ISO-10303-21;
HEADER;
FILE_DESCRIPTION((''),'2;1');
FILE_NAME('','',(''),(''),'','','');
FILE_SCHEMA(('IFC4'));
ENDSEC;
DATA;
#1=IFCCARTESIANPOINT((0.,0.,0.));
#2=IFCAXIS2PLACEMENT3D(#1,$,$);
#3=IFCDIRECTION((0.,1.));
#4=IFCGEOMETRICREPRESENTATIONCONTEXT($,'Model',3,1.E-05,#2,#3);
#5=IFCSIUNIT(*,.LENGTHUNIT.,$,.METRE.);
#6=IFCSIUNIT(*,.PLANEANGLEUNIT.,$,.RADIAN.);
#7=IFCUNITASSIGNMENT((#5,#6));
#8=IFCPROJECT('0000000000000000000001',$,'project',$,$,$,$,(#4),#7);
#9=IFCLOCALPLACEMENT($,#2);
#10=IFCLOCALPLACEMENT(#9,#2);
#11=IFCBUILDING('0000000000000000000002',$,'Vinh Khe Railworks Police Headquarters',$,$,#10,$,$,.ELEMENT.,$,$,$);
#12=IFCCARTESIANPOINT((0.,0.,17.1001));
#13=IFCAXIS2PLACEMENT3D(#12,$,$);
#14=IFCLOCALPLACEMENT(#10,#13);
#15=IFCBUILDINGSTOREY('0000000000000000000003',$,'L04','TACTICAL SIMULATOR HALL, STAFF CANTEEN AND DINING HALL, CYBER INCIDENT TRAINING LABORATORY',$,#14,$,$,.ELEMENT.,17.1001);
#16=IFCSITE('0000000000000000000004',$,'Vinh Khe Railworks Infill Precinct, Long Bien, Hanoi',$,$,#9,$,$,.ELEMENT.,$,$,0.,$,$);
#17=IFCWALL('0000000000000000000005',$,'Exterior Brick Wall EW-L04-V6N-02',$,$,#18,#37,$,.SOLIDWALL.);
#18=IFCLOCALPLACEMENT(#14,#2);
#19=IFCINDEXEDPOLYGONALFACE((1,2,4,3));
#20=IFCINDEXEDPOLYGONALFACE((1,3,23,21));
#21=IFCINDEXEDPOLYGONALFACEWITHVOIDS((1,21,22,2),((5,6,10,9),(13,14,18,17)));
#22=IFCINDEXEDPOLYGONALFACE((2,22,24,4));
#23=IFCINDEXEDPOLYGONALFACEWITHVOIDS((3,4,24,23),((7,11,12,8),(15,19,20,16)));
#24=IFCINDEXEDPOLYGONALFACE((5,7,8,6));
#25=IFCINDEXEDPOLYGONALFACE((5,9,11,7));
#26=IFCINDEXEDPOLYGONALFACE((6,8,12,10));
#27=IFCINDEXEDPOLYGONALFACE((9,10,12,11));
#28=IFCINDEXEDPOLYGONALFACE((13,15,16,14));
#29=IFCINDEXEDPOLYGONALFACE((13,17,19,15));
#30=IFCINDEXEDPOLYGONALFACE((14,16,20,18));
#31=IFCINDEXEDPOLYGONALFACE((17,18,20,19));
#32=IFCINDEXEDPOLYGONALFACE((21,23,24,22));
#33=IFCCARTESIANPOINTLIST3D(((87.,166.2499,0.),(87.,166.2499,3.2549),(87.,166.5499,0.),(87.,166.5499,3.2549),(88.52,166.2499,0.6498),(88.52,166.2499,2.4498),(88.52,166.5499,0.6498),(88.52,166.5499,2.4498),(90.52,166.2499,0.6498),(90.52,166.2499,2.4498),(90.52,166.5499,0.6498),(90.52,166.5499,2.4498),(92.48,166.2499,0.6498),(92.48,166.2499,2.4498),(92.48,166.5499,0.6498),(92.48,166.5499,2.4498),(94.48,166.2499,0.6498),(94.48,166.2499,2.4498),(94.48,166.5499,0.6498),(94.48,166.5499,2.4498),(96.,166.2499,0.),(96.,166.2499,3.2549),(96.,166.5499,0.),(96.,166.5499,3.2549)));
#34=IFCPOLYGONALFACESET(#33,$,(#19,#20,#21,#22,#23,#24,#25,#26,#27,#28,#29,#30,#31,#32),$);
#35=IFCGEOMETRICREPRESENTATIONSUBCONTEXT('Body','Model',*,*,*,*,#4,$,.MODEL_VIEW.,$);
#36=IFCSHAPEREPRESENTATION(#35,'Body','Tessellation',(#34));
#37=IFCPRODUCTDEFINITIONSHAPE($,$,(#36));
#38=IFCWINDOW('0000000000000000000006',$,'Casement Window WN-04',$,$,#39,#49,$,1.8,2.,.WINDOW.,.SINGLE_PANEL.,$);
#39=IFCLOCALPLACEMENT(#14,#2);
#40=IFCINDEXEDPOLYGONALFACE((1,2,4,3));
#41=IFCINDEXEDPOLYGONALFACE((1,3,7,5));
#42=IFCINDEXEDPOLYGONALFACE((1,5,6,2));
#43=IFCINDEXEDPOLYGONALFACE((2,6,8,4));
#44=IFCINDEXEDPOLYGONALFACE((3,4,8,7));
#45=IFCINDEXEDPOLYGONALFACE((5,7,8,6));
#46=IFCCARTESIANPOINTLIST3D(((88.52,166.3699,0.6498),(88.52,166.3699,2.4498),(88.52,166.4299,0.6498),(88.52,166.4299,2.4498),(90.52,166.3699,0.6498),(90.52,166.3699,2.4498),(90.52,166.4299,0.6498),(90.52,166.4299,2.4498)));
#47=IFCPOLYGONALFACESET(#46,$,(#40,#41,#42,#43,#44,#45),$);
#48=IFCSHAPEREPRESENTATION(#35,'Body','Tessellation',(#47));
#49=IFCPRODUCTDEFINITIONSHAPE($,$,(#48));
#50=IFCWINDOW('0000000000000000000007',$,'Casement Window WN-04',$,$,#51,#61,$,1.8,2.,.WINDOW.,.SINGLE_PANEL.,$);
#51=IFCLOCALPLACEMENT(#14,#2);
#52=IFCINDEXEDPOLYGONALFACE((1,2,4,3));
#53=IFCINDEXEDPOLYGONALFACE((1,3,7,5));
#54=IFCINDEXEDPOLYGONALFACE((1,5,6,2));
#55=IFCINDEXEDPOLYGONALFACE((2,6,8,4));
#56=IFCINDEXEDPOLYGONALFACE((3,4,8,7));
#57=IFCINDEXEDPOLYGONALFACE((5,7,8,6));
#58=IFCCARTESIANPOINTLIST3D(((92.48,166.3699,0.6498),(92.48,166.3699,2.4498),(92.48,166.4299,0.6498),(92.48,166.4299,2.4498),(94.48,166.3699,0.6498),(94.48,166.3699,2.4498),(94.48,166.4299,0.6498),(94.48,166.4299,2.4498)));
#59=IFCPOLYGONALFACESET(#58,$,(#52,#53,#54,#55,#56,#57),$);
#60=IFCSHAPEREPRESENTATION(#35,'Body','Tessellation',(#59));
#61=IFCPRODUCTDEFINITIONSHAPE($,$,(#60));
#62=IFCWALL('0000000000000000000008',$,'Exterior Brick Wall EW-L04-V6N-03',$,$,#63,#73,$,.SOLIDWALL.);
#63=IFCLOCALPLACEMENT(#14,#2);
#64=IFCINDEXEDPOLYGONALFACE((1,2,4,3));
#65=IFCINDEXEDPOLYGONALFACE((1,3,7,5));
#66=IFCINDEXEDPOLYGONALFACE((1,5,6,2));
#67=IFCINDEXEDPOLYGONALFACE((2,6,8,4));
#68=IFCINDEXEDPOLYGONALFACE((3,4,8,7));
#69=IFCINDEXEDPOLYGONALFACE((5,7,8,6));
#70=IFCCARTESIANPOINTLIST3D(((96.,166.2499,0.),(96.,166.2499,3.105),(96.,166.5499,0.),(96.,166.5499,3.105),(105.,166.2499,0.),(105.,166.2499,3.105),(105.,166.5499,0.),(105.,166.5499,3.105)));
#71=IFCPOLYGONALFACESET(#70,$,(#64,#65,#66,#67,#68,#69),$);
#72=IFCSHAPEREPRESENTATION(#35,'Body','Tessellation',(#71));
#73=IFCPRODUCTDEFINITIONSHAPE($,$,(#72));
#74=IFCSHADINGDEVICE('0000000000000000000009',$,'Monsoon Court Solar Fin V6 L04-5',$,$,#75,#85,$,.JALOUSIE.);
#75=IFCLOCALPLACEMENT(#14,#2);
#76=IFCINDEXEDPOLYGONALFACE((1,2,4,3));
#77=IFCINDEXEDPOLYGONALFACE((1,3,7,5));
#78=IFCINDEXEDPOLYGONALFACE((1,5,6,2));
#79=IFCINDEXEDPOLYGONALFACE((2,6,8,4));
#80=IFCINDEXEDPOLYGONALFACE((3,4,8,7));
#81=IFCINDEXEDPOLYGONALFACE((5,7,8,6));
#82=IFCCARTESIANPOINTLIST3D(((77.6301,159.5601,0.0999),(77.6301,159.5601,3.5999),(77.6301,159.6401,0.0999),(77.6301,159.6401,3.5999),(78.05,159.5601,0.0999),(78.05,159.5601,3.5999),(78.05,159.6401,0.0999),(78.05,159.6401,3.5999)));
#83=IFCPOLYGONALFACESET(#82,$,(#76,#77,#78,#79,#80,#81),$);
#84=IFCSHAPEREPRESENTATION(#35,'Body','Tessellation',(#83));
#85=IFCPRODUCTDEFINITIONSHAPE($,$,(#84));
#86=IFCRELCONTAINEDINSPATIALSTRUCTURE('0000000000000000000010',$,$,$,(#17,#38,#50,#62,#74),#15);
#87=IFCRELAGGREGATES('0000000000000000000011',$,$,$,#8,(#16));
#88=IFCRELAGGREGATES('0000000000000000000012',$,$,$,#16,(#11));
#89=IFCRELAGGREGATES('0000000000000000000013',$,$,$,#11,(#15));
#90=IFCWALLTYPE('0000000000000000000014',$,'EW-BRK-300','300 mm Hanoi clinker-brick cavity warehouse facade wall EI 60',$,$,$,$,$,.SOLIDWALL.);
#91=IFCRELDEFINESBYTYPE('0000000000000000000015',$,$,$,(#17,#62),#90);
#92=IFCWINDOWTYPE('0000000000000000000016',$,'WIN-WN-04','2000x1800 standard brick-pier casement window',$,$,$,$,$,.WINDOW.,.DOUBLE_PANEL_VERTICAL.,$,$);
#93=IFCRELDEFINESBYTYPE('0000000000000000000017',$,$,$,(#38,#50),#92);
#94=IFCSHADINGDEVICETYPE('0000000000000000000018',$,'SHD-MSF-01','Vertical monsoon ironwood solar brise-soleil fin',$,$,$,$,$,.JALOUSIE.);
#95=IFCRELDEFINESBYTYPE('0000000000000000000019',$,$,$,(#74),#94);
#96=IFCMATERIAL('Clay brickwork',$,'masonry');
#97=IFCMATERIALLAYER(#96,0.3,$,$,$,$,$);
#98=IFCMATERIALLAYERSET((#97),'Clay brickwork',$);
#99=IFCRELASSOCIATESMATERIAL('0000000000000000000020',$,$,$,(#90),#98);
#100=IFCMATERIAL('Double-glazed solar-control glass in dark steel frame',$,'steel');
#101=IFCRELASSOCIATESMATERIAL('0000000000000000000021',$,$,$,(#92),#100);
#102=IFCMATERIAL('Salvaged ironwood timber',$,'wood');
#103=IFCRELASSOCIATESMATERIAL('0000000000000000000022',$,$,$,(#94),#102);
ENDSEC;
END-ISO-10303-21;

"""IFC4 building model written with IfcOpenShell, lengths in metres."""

from ifc_helpers import new_model, si_unit, direction, frame, frame_2d, origin, origin_2d, place, context, subcontext, project, spatial, rectangle, extrude, material, layer, layer_set, type_object, element, fill, save


model = new_model("IFC4")

# Units and contexts
model_context = context("Model", 3, precision=1e-05, world=origin(), true_north=direction((0.0, 1.0)))
body_context = subcontext(model_context, "Body", "Model", "MODEL_VIEW")
ifc_project = project(units=[si_unit("LENGTHUNIT", "METRE"), si_unit("PLANEANGLEUNIT", "RADIAN")], contexts=[model_context])

# Site, building, storey
site_placement = place(None, origin())
site = spatial("IfcSite", under=ifc_project, at=site_placement, Name="Vinh Khe Railworks Infill Precinct, Long Bien, Hanoi", CompositionType="ELEMENT", RefElevation=0.0)
building_placement = place(site_placement, origin())
building = spatial("IfcBuilding", under=site, at=building_placement, Name="Vinh Khe Railworks Police Headquarters", CompositionType="ELEMENT")
storey_placement = place(building_placement, frame((0.0, 0.0, 17.1001)))
storey = spatial("IfcBuildingStorey", under=building, at=storey_placement, Name="L04", Description="TACTICAL SIMULATOR HALL, STAFF CANTEEN AND DINING HALL, CYBER INCIDENT TRAINING LABORATORY", CompositionType="ELEMENT", Elevation=17.1001)

# Shared definitions
ifc_material_1 = material(Name="Clay brickwork", Category="masonry")
ifc_material_2 = material(Name="Double-glazed solar-control glass in dark steel frame", Category="steel")

# Wall, openings, windows
ifc_layer_1 = layer(ifc_material_1, 0.3)
ifc_layer_set_1 = layer_set([ifc_layer_1], Name="Clay brickwork")
wall_type_1 = type_object("IfcWallType", Name="EW-BRK-300", Description="300 mm Hanoi clinker-brick cavity warehouse facade wall EI 60", PredefinedType="SOLIDWALL", material=ifc_layer_set_1)
window_type_1 = type_object("IfcWindowType", Name="WIN-WN-04", Description="2000x1800 standard brick-pier casement window", PartitioningType="DOUBLE_PANEL_VERTICAL", PredefinedType="WINDOW", material=ifc_material_2)
wall_1_placement = place(storey_placement, frame((87.0, 166.3999, 0.0), z_axis=(0.0, 0.0, 1.0), x_axis=(1.0, 0.0, 0.0)))
wall_1 = element("IfcWall", 1, at=wall_1_placement, inside=storey, type_object=wall_type_1, Name="Exterior Brick Wall EW-L04-V6N-02", PredefinedType="SOLIDWALL", context=body_context, shape_type="SweptSolid", body=[
    extrude(rectangle(XDim=9.0, YDim=0.3, at=frame_2d((4.5, 0.0))), origin(), (0.0, 0.0, 1.0), 3.2549),
])
opening_1_placement = place(wall_1_placement, frame((1.52, 0.0, 0.6499)))
opening_1 = element("IfcOpeningElement", 2, at=opening_1_placement, cuts=wall_1, PredefinedType="OPENING", context=body_context, shape_type="SweptSolid", body=[
    extrude(rectangle(XDim=2.0, YDim=1.8, at=frame_2d((1.0, 0.8999))), frame((0.0, 0.165, 0.0), z_axis=(0.0, -1.0, 0.0), x_axis=(1.0, 0.0, 0.0)), (0.0, 0.0, 1.0), 0.3298),
])
opening_2_placement = place(wall_1_placement, frame((5.48, 0.0, 0.6499)))
opening_2 = element("IfcOpeningElement", 3, at=opening_2_placement, cuts=wall_1, PredefinedType="OPENING", context=body_context, shape_type="SweptSolid", body=[
    extrude(rectangle(XDim=2.0, YDim=1.8, at=frame_2d((1.0, 0.8999))), frame((0.0, 0.165, 0.0), z_axis=(0.0, -1.0, 0.0), x_axis=(1.0, 0.0, 0.0)), (0.0, 0.0, 1.0), 0.3298),
])
window_1_placement = place(opening_1_placement, origin())
window_1 = element("IfcWindow", 4, at=window_1_placement, inside=storey, type_object=window_type_1, Name="Casement Window WN-04", OverallHeight=1.8, OverallWidth=2.0, PartitioningType="SINGLE_PANEL", PredefinedType="WINDOW", context=body_context, shape_type="SweptSolid", body=[
    extrude(rectangle(XDim=2.0, YDim=1.8, at=frame_2d((1.0, 0.8999))), frame((0.0, 0.03, 0.0), z_axis=(0.0, -1.0, 0.0), x_axis=(1.0, 0.0, 0.0)), (0.0, 0.0, 1.0), 0.0601),
])
fill(opening_1, window_1)
window_2_placement = place(opening_2_placement, origin())
window_2 = element("IfcWindow", 5, at=window_2_placement, inside=storey, type_object=window_type_1, Name="Casement Window WN-04", OverallHeight=1.8, OverallWidth=2.0, PartitioningType="SINGLE_PANEL", PredefinedType="WINDOW", context=body_context, shape_type="SweptSolid", body=[
    extrude(rectangle(XDim=2.0, YDim=1.8, at=frame_2d((1.0, 0.8999))), frame((0.0, 0.03, 0.0), z_axis=(0.0, -1.0, 0.0), x_axis=(1.0, 0.0, 0.0)), (0.0, 0.0, 1.0), 0.0601),
])
fill(opening_2, window_2)

# Wall
wall_2_placement = place(storey_placement, frame((96.0, 166.3999, 0.0), z_axis=(0.0, 0.0, 1.0), x_axis=(1.0, 0.0, 0.0)))
element("IfcWall", 6, at=wall_2_placement, inside=storey, type_object=wall_type_1, Name="Exterior Brick Wall EW-L04-V6N-03", PredefinedType="SOLIDWALL", context=body_context, shape_type="SweptSolid", body=[
    extrude(rectangle(XDim=9.0, YDim=0.3, at=frame_2d((4.5, 0.0))), origin(), (0.0, 0.0, 1.0), 3.105),
])

# Shading device
ifc_material_3 = material(Name="Salvaged ironwood timber", Category="wood")
shading_device_type = type_object("IfcShadingDeviceType", Name="SHD-MSF-01", Description="Vertical monsoon ironwood solar brise-soleil fin", PredefinedType="JALOUSIE", material=ifc_material_3)
shading_device_placement = place(storey_placement, frame((77.8401, 159.6001, 0.0999), z_axis=(0.0, 0.0, 1.0), x_axis=(1.0, 0.0, 0.0)))
element("IfcShadingDevice", 7, at=shading_device_placement, inside=storey, type_object=shading_device_type, Name="Monsoon Court Solar Fin V6 L04-5", PredefinedType="JALOUSIE", context=body_context, shape_type="SweptSolid", body=[
    extrude(rectangle(XDim=0.4199, YDim=0.0801, at=origin_2d()), origin(), (0.0, 0.0, 1.0), 3.5),
])

save(model, "model.ifc")
